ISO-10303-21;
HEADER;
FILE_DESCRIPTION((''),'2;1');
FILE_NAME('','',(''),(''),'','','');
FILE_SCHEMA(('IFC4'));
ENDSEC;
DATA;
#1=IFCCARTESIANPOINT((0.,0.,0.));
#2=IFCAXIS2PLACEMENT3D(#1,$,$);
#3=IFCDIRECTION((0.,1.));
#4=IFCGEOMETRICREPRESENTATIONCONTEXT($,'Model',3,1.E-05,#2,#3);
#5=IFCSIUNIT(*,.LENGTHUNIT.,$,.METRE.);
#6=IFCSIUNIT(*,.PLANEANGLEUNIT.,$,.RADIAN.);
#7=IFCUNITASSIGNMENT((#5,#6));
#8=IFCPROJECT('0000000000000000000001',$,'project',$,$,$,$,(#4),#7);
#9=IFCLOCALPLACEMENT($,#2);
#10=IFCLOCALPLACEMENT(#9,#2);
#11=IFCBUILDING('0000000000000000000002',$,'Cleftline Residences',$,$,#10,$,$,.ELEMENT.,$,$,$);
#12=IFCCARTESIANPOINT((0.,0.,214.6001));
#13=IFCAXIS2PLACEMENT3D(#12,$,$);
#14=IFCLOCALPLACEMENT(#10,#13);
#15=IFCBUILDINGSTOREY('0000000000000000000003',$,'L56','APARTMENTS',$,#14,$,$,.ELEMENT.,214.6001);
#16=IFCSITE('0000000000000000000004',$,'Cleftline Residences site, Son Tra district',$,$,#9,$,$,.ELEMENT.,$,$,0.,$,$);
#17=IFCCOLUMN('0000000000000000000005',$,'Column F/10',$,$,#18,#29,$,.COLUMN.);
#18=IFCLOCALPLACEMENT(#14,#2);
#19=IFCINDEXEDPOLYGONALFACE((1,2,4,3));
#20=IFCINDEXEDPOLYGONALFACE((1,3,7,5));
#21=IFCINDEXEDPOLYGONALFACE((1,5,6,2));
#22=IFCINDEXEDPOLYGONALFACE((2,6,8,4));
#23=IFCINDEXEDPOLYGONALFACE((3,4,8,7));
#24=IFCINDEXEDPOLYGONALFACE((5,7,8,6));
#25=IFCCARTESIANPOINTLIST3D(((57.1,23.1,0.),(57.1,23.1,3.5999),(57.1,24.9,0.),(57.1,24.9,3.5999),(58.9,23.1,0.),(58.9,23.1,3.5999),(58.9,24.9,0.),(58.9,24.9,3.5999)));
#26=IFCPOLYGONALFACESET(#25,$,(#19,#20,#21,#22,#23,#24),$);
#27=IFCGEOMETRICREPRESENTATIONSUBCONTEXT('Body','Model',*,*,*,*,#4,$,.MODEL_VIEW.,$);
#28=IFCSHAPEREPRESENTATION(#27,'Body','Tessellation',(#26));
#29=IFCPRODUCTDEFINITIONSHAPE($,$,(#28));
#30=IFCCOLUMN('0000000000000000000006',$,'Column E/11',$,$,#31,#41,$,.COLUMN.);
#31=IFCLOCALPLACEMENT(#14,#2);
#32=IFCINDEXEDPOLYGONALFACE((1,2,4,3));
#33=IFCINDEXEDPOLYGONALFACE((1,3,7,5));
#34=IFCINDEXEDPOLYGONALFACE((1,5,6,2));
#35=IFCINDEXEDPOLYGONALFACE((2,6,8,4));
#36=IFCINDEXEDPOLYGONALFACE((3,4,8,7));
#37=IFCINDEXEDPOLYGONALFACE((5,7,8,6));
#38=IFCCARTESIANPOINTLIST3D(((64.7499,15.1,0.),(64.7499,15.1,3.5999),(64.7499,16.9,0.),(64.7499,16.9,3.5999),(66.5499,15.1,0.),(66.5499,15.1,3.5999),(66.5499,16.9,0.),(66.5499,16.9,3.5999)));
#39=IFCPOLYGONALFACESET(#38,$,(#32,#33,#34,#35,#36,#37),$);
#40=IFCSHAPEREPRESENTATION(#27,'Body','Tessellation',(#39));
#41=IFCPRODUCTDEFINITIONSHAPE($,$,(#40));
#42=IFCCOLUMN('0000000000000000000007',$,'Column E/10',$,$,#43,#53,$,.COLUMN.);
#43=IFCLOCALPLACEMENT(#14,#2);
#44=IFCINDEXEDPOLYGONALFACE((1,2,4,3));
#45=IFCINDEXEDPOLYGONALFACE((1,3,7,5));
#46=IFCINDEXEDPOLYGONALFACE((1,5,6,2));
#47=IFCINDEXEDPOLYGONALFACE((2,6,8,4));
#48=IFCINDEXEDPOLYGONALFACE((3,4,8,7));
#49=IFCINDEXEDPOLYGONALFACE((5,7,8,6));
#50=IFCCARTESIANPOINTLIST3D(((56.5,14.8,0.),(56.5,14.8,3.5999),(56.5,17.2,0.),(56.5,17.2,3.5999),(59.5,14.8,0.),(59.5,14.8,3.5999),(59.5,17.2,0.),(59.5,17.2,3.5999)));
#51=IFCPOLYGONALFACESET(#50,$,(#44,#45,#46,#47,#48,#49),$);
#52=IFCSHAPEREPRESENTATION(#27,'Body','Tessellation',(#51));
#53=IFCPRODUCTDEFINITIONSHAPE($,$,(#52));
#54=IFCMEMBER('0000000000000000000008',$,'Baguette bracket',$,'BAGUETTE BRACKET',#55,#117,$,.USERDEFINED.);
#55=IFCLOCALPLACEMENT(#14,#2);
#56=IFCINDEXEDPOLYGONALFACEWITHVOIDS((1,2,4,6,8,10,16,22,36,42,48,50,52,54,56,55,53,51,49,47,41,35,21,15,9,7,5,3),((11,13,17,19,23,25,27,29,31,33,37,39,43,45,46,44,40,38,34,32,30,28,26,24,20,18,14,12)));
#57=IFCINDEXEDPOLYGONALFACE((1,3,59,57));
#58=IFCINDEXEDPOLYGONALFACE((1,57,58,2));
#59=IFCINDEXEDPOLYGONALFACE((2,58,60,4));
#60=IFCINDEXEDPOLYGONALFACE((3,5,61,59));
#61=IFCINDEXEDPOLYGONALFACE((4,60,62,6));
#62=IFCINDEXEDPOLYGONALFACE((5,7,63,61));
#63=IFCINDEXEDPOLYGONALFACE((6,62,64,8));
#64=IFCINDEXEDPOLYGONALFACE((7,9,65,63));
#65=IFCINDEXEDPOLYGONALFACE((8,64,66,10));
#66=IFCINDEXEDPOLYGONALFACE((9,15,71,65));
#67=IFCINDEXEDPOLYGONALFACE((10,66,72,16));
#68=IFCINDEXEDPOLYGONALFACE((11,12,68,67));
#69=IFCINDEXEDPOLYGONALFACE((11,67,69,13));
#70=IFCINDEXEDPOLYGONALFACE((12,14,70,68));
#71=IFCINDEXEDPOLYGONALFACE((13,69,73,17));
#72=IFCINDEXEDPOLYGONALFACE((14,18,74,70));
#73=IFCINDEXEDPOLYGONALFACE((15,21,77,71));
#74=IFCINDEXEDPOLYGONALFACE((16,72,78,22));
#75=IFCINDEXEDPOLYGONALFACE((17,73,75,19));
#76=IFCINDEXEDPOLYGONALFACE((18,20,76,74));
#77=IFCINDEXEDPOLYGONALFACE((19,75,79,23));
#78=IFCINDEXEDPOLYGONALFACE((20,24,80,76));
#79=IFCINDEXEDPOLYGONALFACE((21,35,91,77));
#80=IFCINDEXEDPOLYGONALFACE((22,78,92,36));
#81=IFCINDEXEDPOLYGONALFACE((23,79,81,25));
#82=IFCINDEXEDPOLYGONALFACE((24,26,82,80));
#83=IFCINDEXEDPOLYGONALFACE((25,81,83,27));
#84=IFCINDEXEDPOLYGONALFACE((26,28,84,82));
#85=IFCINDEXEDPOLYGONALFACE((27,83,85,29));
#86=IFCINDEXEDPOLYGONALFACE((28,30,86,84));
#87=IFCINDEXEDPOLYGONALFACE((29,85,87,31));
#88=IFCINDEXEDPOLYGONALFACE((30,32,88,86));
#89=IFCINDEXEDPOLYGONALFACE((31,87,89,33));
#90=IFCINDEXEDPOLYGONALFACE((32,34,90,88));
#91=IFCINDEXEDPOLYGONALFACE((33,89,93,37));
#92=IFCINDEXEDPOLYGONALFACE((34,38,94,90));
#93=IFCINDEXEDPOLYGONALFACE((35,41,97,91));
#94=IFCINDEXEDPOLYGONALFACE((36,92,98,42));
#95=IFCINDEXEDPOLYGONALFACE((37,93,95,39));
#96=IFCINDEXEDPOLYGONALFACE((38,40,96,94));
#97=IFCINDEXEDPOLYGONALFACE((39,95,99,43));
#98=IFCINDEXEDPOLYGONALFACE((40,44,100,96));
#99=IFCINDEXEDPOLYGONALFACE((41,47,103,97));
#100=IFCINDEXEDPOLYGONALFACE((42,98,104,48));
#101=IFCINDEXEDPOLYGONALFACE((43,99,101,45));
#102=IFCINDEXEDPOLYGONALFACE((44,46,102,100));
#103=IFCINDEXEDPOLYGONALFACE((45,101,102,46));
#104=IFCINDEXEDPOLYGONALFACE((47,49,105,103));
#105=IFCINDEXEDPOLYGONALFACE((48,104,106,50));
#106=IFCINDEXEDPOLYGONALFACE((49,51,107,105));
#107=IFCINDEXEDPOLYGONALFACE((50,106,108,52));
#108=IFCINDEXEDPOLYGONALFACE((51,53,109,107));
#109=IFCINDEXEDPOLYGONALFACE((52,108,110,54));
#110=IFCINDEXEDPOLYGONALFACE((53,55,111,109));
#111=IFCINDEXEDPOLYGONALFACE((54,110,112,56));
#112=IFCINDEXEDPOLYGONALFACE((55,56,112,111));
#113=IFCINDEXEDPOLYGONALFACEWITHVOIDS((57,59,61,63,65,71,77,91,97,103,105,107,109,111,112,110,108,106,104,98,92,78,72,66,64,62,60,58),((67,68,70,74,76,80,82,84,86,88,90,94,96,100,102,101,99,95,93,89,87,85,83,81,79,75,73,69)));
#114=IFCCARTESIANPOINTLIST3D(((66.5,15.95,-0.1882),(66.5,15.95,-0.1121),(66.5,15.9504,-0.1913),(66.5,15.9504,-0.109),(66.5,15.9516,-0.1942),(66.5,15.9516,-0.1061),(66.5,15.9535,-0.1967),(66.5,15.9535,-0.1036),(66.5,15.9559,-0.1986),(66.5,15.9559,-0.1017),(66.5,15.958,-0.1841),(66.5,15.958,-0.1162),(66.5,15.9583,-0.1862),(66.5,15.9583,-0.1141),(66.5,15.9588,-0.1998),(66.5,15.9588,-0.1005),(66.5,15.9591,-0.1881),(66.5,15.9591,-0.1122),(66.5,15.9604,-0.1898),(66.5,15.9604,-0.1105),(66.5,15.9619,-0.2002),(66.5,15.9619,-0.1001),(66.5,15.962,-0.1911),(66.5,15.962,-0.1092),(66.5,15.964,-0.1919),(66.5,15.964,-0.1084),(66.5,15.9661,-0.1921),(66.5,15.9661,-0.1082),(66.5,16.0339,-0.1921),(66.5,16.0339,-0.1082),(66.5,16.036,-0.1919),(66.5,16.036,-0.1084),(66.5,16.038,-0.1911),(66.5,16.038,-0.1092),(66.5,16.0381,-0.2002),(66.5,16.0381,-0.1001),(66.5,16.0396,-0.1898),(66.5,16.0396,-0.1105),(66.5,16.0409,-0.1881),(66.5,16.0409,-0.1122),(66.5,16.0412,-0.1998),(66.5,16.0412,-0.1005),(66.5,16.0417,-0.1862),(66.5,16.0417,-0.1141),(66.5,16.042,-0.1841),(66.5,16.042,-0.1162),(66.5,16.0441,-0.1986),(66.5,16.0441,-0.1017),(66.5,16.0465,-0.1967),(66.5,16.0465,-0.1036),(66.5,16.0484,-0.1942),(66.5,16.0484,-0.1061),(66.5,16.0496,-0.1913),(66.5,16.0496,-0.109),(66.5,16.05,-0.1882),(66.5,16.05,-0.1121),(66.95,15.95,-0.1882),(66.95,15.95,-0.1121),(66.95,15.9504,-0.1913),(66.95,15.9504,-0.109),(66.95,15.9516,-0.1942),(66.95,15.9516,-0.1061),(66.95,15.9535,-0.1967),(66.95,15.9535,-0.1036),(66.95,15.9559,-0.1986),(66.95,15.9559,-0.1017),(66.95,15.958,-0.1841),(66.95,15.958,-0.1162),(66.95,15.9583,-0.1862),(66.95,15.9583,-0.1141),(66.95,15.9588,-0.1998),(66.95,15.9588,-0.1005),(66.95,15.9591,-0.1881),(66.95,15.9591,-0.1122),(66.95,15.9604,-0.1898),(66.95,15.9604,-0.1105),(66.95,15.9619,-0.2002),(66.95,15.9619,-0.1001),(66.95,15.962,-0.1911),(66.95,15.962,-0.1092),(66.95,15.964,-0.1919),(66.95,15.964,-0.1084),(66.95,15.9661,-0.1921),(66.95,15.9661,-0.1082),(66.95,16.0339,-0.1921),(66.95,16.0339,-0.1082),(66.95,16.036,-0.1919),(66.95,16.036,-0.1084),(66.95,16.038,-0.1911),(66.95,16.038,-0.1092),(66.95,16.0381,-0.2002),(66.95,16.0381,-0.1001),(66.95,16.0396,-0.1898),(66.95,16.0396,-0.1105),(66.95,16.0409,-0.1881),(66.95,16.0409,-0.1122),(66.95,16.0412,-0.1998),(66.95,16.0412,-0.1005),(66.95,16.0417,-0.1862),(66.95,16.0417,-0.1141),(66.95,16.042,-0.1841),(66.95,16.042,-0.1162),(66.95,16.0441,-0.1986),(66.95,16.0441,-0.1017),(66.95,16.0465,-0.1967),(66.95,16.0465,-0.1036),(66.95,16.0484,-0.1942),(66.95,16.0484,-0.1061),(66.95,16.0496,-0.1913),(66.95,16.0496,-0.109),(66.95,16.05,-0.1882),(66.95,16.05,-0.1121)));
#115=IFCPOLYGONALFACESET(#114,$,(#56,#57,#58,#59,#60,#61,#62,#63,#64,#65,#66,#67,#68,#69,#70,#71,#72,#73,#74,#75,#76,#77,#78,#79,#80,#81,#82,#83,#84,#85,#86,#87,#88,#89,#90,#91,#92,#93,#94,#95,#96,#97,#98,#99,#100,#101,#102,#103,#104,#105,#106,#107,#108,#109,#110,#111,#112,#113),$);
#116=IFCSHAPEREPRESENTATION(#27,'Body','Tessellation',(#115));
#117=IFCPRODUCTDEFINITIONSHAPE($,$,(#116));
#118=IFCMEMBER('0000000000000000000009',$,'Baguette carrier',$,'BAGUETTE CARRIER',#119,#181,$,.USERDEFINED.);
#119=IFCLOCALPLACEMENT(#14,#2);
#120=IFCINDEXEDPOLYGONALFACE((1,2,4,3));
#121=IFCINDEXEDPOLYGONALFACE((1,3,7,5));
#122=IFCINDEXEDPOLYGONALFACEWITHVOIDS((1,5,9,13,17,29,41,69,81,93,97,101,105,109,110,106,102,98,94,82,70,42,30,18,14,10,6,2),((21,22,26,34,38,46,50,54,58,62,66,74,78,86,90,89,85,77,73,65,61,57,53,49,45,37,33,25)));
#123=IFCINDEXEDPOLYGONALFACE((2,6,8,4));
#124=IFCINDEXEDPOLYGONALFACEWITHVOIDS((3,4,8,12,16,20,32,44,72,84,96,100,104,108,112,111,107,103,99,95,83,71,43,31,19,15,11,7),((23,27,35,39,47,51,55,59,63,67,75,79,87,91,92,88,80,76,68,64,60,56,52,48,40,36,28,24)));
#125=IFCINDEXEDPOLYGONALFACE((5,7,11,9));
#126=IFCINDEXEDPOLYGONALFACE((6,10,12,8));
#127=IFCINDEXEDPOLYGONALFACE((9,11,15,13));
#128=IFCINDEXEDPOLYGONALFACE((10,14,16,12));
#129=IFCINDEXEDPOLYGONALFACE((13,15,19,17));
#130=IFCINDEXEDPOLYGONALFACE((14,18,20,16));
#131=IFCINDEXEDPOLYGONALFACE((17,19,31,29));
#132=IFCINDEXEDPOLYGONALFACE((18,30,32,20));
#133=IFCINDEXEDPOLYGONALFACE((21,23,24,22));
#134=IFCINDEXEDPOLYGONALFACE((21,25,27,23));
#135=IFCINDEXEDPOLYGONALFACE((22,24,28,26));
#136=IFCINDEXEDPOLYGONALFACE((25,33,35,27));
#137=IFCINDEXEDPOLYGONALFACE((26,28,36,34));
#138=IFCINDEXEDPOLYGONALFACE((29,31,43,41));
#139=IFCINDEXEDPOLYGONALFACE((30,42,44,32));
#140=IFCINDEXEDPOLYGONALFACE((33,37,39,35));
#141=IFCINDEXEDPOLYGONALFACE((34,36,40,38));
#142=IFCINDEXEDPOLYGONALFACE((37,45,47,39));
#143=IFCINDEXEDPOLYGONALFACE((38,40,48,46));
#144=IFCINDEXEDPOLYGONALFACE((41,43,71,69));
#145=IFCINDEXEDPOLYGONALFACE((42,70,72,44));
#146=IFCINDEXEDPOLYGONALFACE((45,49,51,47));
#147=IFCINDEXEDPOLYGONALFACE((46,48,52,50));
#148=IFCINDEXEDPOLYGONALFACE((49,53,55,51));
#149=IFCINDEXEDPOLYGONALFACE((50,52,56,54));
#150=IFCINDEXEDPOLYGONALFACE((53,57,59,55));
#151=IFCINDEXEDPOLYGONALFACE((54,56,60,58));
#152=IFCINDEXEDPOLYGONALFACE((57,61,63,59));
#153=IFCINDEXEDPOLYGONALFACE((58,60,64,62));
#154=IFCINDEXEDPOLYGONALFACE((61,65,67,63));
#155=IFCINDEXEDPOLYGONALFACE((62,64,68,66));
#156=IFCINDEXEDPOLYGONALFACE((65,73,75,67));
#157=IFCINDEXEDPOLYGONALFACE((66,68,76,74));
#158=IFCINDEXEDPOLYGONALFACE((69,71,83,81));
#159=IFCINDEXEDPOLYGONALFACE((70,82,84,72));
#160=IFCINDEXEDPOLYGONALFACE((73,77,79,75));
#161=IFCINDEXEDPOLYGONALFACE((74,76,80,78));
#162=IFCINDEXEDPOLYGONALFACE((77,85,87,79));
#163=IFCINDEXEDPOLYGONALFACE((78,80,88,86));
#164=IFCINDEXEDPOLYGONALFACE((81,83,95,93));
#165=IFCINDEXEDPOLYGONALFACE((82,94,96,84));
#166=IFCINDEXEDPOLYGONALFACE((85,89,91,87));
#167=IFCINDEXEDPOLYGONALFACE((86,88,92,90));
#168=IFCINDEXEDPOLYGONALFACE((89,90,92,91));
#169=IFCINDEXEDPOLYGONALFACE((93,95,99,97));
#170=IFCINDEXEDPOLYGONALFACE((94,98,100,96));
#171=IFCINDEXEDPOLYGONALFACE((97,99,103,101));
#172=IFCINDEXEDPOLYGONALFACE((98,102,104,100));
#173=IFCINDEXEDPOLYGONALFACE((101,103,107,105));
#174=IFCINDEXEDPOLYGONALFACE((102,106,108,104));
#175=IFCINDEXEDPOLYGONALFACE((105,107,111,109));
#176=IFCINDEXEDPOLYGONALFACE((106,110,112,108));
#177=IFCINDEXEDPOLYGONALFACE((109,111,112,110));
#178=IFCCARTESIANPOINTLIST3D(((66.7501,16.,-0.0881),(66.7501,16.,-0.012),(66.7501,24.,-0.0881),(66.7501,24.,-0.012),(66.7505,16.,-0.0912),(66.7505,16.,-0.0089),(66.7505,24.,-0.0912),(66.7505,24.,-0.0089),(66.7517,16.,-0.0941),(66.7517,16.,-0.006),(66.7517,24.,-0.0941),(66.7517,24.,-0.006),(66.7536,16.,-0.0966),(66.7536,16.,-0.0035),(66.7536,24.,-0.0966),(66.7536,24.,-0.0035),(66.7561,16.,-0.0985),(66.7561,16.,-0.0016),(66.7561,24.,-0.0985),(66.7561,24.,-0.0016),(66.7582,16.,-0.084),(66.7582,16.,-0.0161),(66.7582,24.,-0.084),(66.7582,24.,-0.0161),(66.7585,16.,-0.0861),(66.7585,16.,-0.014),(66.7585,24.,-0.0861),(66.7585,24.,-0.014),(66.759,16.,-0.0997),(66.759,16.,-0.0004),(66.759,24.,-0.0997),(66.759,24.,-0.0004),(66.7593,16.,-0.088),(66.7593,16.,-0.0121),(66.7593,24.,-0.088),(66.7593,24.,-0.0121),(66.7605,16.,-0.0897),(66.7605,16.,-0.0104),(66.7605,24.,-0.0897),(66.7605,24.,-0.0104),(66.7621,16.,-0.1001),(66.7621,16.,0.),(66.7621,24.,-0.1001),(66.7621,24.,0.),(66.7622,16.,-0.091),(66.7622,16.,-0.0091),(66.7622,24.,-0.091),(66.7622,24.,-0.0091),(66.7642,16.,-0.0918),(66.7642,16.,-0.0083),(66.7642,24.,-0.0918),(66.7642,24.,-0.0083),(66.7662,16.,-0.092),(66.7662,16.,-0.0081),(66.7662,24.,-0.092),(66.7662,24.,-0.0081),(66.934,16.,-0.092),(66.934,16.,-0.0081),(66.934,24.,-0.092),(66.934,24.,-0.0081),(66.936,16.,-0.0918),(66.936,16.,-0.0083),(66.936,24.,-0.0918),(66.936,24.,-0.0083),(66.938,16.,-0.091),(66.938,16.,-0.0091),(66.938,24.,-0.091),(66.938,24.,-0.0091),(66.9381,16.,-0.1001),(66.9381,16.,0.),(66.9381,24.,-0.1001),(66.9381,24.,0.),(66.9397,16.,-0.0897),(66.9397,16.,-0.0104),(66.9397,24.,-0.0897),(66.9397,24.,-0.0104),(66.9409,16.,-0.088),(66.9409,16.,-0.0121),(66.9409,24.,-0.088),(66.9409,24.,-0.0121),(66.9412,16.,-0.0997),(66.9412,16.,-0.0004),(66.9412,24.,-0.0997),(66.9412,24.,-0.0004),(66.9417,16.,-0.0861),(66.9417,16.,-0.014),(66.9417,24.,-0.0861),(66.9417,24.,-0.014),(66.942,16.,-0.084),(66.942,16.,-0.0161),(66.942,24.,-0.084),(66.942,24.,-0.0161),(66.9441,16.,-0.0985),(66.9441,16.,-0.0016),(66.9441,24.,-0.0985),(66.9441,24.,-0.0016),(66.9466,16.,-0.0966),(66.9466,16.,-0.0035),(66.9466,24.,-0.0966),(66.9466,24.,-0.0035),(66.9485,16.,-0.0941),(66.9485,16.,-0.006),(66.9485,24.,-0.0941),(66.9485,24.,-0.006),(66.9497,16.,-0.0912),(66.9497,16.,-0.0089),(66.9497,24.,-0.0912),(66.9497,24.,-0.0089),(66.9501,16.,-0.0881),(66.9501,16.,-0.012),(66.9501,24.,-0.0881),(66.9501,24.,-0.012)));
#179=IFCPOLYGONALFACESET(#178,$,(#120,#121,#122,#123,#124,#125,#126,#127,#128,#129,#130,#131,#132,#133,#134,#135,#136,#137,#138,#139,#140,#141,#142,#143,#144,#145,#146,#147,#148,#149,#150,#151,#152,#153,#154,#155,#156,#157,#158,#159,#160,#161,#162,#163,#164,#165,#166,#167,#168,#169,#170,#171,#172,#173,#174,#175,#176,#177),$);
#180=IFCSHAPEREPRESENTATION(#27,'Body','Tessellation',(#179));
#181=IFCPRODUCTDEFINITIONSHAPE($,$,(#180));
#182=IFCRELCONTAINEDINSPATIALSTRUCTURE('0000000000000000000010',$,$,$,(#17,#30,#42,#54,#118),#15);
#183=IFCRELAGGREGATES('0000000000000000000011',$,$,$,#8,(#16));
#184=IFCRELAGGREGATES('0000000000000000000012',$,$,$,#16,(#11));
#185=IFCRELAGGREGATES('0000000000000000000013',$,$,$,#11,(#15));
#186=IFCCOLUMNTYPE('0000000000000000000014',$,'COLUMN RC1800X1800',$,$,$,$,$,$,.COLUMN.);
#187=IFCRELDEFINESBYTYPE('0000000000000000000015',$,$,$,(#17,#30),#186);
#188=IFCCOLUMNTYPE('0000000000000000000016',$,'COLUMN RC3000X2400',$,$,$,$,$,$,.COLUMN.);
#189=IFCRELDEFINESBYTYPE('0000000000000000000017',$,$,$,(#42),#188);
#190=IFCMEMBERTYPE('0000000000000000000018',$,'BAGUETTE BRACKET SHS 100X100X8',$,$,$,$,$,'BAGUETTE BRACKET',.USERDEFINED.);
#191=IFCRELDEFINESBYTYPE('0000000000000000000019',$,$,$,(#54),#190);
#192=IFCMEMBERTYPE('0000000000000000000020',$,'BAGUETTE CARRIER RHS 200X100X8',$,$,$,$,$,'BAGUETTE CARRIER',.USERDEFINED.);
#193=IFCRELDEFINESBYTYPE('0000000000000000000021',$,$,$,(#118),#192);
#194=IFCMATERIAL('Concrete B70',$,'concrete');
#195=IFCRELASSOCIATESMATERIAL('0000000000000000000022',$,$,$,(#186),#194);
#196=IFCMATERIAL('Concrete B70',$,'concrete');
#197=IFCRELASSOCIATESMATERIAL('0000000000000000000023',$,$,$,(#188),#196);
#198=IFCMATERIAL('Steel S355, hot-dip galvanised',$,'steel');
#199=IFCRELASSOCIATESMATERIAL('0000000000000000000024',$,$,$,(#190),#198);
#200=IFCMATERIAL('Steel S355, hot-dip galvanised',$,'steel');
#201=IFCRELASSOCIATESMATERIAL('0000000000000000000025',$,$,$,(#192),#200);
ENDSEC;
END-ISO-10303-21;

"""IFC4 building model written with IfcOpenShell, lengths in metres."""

from ifc_helpers import new_model, si_unit, direction, frame, origin, origin_2d, place, context, subcontext, project, spatial, rectangle, hollow_rectangle, extrude, material, material_profile, profile_set, type_object, element, save


model = new_model("IFC4")

# Units and contexts
model_context = context("Model", 3, precision=1e-05, world=origin(), true_north=direction((0.0, 1.0)))
body_context = subcontext(model_context, "Body", "Model", "MODEL_VIEW")
ifc_project = project(units=[si_unit("LENGTHUNIT", "METRE"), si_unit("PLANEANGLEUNIT", "RADIAN")], contexts=[model_context])

# Site, building, storey
site_placement = place(None, origin())
site = spatial("IfcSite", under=ifc_project, at=site_placement, Name="Cleftline Residences site, Son Tra district", CompositionType="ELEMENT", RefElevation=0.0)
building_placement = place(site_placement, origin())
building = spatial("IfcBuilding", under=site, at=building_placement, Name="Cleftline Residences", CompositionType="ELEMENT")
storey_placement = place(building_placement, frame((0.0, 0.0, 214.6001)))
storey = spatial("IfcBuildingStorey", under=building, at=storey_placement, Name="L56", Description="APARTMENTS", CompositionType="ELEMENT", Elevation=214.6001)

# Columns
ifc_material_1 = material(Name="Concrete B70", Category="concrete")
ifc_material_profile_1 = material_profile(ifc_material_1, rectangle(XDim=1.8, YDim=1.8, at=origin_2d()))
ifc_profile_set_1 = profile_set([ifc_material_profile_1], Name="Concrete B70")
column_type_1 = type_object("IfcColumnType", Name="COLUMN RC1800X1800", PredefinedType="COLUMN", material=ifc_profile_set_1)
for number, where, z_axis, x_axis, name in (
    (1, (58.0, 24.0, 0.0), (0.0, 0.0, 1.0), (1.0, 0.0, 0.0), "Column F/10"),
    (2, (65.6499, 16.0, 0.0), (0.0, 0.0, 1.0), (1.0, 0.0, 0.0), "Column E/11"),
):
    element("IfcColumn", number, at=place(storey_placement, frame(where, z_axis=z_axis, x_axis=x_axis)), inside=storey, type_object=column_type_1, Name=name, PredefinedType="COLUMN", context=body_context, shape_type="SweptSolid", body=[
        extrude(rectangle(XDim=1.8, YDim=1.8, at=origin_2d()), origin(), (0.0, 0.0, 1.0), 3.5999),
    ])
ifc_material_2 = material(Name="Concrete B70", Category="concrete")
ifc_material_profile_2 = material_profile(ifc_material_2, rectangle(XDim=3.0, YDim=2.3999, at=origin_2d()))
ifc_profile_set_2 = profile_set([ifc_material_profile_2], Name="Concrete B70")
column_type_2 = type_object("IfcColumnType", Name="COLUMN RC3000X2400", PredefinedType="COLUMN", material=ifc_profile_set_2)
column_placement = place(storey_placement, frame((58.0, 16.0, 0.0), z_axis=(0.0, 0.0, 1.0), x_axis=(1.0, 0.0, 0.0)))
element("IfcColumn", 3, at=column_placement, inside=storey, type_object=column_type_2, Name="Column E/10", PredefinedType="COLUMN", context=body_context, shape_type="SweptSolid", body=[
    extrude(rectangle(XDim=3.0, YDim=2.3999, at=origin_2d()), origin(), (0.0, 0.0, 1.0), 3.5999),
])

# Members
ifc_material_3 = material(Name="Steel S355, hot-dip galvanised", Category="steel")
ifc_material_profile_3 = material_profile(ifc_material_3, hollow_rectangle(XDim=0.1001, YDim=0.1001, WallThickness=0.0081, InnerFilletRadius=0.0081, OuterFilletRadius=0.012, at=origin_2d()))
ifc_profile_set_3 = profile_set([ifc_material_profile_3], Name="Steel S355, hot-dip galvanised")
member_type_1 = type_object("IfcMemberType", Name="BAGUETTE BRACKET SHS 100X100X8", ElementType="BAGUETTE BRACKET", PredefinedType="USERDEFINED", material=ifc_profile_set_3)
member_1_placement = place(storey_placement, frame((66.5, 16.0, -0.1501), z_axis=(1.0, 0.0, 0.0), x_axis=(0.0, 1.0, 0.0)))
element("IfcMember", 4, at=member_1_placement, inside=storey, type_object=member_type_1, Name="Baguette bracket", ObjectType="BAGUETTE BRACKET", PredefinedType="USERDEFINED", context=body_context, shape_type="SweptSolid", body=[
    extrude(hollow_rectangle(XDim=0.1001, YDim=0.1001, WallThickness=0.0081, InnerFilletRadius=0.0081, OuterFilletRadius=0.012, at=origin_2d()), origin(), (0.0, 0.0, 1.0), 0.45),
])
ifc_material_4 = material(Name="Steel S355, hot-dip galvanised", Category="steel")
ifc_material_profile_4 = material_profile(ifc_material_4, hollow_rectangle(XDim=0.1001, YDim=0.2, WallThickness=0.0081, InnerFilletRadius=0.0081, OuterFilletRadius=0.012, at=origin_2d()))
ifc_profile_set_4 = profile_set([ifc_material_profile_4], Name="Steel S355, hot-dip galvanised")
member_type_2 = type_object("IfcMemberType", Name="BAGUETTE CARRIER RHS 200X100X8", ElementType="BAGUETTE CARRIER", PredefinedType="USERDEFINED", material=ifc_profile_set_4)
member_2_placement = place(storey_placement, frame((66.8501, 16.0, -0.05), z_axis=(0.0, 1.0, 0.0), x_axis=(0.0, 0.0, 1.0)))
element("IfcMember", 5, at=member_2_placement, inside=storey, type_object=member_type_2, Name="Baguette carrier", ObjectType="BAGUETTE CARRIER", PredefinedType="USERDEFINED", context=body_context, shape_type="SweptSolid", body=[
    extrude(hollow_rectangle(XDim=0.1001, YDim=0.2, WallThickness=0.0081, InnerFilletRadius=0.0081, OuterFilletRadius=0.012, at=origin_2d()), origin(), (0.0, 0.0, 1.0), 8.0),
])

save(model, "model.ifc")
